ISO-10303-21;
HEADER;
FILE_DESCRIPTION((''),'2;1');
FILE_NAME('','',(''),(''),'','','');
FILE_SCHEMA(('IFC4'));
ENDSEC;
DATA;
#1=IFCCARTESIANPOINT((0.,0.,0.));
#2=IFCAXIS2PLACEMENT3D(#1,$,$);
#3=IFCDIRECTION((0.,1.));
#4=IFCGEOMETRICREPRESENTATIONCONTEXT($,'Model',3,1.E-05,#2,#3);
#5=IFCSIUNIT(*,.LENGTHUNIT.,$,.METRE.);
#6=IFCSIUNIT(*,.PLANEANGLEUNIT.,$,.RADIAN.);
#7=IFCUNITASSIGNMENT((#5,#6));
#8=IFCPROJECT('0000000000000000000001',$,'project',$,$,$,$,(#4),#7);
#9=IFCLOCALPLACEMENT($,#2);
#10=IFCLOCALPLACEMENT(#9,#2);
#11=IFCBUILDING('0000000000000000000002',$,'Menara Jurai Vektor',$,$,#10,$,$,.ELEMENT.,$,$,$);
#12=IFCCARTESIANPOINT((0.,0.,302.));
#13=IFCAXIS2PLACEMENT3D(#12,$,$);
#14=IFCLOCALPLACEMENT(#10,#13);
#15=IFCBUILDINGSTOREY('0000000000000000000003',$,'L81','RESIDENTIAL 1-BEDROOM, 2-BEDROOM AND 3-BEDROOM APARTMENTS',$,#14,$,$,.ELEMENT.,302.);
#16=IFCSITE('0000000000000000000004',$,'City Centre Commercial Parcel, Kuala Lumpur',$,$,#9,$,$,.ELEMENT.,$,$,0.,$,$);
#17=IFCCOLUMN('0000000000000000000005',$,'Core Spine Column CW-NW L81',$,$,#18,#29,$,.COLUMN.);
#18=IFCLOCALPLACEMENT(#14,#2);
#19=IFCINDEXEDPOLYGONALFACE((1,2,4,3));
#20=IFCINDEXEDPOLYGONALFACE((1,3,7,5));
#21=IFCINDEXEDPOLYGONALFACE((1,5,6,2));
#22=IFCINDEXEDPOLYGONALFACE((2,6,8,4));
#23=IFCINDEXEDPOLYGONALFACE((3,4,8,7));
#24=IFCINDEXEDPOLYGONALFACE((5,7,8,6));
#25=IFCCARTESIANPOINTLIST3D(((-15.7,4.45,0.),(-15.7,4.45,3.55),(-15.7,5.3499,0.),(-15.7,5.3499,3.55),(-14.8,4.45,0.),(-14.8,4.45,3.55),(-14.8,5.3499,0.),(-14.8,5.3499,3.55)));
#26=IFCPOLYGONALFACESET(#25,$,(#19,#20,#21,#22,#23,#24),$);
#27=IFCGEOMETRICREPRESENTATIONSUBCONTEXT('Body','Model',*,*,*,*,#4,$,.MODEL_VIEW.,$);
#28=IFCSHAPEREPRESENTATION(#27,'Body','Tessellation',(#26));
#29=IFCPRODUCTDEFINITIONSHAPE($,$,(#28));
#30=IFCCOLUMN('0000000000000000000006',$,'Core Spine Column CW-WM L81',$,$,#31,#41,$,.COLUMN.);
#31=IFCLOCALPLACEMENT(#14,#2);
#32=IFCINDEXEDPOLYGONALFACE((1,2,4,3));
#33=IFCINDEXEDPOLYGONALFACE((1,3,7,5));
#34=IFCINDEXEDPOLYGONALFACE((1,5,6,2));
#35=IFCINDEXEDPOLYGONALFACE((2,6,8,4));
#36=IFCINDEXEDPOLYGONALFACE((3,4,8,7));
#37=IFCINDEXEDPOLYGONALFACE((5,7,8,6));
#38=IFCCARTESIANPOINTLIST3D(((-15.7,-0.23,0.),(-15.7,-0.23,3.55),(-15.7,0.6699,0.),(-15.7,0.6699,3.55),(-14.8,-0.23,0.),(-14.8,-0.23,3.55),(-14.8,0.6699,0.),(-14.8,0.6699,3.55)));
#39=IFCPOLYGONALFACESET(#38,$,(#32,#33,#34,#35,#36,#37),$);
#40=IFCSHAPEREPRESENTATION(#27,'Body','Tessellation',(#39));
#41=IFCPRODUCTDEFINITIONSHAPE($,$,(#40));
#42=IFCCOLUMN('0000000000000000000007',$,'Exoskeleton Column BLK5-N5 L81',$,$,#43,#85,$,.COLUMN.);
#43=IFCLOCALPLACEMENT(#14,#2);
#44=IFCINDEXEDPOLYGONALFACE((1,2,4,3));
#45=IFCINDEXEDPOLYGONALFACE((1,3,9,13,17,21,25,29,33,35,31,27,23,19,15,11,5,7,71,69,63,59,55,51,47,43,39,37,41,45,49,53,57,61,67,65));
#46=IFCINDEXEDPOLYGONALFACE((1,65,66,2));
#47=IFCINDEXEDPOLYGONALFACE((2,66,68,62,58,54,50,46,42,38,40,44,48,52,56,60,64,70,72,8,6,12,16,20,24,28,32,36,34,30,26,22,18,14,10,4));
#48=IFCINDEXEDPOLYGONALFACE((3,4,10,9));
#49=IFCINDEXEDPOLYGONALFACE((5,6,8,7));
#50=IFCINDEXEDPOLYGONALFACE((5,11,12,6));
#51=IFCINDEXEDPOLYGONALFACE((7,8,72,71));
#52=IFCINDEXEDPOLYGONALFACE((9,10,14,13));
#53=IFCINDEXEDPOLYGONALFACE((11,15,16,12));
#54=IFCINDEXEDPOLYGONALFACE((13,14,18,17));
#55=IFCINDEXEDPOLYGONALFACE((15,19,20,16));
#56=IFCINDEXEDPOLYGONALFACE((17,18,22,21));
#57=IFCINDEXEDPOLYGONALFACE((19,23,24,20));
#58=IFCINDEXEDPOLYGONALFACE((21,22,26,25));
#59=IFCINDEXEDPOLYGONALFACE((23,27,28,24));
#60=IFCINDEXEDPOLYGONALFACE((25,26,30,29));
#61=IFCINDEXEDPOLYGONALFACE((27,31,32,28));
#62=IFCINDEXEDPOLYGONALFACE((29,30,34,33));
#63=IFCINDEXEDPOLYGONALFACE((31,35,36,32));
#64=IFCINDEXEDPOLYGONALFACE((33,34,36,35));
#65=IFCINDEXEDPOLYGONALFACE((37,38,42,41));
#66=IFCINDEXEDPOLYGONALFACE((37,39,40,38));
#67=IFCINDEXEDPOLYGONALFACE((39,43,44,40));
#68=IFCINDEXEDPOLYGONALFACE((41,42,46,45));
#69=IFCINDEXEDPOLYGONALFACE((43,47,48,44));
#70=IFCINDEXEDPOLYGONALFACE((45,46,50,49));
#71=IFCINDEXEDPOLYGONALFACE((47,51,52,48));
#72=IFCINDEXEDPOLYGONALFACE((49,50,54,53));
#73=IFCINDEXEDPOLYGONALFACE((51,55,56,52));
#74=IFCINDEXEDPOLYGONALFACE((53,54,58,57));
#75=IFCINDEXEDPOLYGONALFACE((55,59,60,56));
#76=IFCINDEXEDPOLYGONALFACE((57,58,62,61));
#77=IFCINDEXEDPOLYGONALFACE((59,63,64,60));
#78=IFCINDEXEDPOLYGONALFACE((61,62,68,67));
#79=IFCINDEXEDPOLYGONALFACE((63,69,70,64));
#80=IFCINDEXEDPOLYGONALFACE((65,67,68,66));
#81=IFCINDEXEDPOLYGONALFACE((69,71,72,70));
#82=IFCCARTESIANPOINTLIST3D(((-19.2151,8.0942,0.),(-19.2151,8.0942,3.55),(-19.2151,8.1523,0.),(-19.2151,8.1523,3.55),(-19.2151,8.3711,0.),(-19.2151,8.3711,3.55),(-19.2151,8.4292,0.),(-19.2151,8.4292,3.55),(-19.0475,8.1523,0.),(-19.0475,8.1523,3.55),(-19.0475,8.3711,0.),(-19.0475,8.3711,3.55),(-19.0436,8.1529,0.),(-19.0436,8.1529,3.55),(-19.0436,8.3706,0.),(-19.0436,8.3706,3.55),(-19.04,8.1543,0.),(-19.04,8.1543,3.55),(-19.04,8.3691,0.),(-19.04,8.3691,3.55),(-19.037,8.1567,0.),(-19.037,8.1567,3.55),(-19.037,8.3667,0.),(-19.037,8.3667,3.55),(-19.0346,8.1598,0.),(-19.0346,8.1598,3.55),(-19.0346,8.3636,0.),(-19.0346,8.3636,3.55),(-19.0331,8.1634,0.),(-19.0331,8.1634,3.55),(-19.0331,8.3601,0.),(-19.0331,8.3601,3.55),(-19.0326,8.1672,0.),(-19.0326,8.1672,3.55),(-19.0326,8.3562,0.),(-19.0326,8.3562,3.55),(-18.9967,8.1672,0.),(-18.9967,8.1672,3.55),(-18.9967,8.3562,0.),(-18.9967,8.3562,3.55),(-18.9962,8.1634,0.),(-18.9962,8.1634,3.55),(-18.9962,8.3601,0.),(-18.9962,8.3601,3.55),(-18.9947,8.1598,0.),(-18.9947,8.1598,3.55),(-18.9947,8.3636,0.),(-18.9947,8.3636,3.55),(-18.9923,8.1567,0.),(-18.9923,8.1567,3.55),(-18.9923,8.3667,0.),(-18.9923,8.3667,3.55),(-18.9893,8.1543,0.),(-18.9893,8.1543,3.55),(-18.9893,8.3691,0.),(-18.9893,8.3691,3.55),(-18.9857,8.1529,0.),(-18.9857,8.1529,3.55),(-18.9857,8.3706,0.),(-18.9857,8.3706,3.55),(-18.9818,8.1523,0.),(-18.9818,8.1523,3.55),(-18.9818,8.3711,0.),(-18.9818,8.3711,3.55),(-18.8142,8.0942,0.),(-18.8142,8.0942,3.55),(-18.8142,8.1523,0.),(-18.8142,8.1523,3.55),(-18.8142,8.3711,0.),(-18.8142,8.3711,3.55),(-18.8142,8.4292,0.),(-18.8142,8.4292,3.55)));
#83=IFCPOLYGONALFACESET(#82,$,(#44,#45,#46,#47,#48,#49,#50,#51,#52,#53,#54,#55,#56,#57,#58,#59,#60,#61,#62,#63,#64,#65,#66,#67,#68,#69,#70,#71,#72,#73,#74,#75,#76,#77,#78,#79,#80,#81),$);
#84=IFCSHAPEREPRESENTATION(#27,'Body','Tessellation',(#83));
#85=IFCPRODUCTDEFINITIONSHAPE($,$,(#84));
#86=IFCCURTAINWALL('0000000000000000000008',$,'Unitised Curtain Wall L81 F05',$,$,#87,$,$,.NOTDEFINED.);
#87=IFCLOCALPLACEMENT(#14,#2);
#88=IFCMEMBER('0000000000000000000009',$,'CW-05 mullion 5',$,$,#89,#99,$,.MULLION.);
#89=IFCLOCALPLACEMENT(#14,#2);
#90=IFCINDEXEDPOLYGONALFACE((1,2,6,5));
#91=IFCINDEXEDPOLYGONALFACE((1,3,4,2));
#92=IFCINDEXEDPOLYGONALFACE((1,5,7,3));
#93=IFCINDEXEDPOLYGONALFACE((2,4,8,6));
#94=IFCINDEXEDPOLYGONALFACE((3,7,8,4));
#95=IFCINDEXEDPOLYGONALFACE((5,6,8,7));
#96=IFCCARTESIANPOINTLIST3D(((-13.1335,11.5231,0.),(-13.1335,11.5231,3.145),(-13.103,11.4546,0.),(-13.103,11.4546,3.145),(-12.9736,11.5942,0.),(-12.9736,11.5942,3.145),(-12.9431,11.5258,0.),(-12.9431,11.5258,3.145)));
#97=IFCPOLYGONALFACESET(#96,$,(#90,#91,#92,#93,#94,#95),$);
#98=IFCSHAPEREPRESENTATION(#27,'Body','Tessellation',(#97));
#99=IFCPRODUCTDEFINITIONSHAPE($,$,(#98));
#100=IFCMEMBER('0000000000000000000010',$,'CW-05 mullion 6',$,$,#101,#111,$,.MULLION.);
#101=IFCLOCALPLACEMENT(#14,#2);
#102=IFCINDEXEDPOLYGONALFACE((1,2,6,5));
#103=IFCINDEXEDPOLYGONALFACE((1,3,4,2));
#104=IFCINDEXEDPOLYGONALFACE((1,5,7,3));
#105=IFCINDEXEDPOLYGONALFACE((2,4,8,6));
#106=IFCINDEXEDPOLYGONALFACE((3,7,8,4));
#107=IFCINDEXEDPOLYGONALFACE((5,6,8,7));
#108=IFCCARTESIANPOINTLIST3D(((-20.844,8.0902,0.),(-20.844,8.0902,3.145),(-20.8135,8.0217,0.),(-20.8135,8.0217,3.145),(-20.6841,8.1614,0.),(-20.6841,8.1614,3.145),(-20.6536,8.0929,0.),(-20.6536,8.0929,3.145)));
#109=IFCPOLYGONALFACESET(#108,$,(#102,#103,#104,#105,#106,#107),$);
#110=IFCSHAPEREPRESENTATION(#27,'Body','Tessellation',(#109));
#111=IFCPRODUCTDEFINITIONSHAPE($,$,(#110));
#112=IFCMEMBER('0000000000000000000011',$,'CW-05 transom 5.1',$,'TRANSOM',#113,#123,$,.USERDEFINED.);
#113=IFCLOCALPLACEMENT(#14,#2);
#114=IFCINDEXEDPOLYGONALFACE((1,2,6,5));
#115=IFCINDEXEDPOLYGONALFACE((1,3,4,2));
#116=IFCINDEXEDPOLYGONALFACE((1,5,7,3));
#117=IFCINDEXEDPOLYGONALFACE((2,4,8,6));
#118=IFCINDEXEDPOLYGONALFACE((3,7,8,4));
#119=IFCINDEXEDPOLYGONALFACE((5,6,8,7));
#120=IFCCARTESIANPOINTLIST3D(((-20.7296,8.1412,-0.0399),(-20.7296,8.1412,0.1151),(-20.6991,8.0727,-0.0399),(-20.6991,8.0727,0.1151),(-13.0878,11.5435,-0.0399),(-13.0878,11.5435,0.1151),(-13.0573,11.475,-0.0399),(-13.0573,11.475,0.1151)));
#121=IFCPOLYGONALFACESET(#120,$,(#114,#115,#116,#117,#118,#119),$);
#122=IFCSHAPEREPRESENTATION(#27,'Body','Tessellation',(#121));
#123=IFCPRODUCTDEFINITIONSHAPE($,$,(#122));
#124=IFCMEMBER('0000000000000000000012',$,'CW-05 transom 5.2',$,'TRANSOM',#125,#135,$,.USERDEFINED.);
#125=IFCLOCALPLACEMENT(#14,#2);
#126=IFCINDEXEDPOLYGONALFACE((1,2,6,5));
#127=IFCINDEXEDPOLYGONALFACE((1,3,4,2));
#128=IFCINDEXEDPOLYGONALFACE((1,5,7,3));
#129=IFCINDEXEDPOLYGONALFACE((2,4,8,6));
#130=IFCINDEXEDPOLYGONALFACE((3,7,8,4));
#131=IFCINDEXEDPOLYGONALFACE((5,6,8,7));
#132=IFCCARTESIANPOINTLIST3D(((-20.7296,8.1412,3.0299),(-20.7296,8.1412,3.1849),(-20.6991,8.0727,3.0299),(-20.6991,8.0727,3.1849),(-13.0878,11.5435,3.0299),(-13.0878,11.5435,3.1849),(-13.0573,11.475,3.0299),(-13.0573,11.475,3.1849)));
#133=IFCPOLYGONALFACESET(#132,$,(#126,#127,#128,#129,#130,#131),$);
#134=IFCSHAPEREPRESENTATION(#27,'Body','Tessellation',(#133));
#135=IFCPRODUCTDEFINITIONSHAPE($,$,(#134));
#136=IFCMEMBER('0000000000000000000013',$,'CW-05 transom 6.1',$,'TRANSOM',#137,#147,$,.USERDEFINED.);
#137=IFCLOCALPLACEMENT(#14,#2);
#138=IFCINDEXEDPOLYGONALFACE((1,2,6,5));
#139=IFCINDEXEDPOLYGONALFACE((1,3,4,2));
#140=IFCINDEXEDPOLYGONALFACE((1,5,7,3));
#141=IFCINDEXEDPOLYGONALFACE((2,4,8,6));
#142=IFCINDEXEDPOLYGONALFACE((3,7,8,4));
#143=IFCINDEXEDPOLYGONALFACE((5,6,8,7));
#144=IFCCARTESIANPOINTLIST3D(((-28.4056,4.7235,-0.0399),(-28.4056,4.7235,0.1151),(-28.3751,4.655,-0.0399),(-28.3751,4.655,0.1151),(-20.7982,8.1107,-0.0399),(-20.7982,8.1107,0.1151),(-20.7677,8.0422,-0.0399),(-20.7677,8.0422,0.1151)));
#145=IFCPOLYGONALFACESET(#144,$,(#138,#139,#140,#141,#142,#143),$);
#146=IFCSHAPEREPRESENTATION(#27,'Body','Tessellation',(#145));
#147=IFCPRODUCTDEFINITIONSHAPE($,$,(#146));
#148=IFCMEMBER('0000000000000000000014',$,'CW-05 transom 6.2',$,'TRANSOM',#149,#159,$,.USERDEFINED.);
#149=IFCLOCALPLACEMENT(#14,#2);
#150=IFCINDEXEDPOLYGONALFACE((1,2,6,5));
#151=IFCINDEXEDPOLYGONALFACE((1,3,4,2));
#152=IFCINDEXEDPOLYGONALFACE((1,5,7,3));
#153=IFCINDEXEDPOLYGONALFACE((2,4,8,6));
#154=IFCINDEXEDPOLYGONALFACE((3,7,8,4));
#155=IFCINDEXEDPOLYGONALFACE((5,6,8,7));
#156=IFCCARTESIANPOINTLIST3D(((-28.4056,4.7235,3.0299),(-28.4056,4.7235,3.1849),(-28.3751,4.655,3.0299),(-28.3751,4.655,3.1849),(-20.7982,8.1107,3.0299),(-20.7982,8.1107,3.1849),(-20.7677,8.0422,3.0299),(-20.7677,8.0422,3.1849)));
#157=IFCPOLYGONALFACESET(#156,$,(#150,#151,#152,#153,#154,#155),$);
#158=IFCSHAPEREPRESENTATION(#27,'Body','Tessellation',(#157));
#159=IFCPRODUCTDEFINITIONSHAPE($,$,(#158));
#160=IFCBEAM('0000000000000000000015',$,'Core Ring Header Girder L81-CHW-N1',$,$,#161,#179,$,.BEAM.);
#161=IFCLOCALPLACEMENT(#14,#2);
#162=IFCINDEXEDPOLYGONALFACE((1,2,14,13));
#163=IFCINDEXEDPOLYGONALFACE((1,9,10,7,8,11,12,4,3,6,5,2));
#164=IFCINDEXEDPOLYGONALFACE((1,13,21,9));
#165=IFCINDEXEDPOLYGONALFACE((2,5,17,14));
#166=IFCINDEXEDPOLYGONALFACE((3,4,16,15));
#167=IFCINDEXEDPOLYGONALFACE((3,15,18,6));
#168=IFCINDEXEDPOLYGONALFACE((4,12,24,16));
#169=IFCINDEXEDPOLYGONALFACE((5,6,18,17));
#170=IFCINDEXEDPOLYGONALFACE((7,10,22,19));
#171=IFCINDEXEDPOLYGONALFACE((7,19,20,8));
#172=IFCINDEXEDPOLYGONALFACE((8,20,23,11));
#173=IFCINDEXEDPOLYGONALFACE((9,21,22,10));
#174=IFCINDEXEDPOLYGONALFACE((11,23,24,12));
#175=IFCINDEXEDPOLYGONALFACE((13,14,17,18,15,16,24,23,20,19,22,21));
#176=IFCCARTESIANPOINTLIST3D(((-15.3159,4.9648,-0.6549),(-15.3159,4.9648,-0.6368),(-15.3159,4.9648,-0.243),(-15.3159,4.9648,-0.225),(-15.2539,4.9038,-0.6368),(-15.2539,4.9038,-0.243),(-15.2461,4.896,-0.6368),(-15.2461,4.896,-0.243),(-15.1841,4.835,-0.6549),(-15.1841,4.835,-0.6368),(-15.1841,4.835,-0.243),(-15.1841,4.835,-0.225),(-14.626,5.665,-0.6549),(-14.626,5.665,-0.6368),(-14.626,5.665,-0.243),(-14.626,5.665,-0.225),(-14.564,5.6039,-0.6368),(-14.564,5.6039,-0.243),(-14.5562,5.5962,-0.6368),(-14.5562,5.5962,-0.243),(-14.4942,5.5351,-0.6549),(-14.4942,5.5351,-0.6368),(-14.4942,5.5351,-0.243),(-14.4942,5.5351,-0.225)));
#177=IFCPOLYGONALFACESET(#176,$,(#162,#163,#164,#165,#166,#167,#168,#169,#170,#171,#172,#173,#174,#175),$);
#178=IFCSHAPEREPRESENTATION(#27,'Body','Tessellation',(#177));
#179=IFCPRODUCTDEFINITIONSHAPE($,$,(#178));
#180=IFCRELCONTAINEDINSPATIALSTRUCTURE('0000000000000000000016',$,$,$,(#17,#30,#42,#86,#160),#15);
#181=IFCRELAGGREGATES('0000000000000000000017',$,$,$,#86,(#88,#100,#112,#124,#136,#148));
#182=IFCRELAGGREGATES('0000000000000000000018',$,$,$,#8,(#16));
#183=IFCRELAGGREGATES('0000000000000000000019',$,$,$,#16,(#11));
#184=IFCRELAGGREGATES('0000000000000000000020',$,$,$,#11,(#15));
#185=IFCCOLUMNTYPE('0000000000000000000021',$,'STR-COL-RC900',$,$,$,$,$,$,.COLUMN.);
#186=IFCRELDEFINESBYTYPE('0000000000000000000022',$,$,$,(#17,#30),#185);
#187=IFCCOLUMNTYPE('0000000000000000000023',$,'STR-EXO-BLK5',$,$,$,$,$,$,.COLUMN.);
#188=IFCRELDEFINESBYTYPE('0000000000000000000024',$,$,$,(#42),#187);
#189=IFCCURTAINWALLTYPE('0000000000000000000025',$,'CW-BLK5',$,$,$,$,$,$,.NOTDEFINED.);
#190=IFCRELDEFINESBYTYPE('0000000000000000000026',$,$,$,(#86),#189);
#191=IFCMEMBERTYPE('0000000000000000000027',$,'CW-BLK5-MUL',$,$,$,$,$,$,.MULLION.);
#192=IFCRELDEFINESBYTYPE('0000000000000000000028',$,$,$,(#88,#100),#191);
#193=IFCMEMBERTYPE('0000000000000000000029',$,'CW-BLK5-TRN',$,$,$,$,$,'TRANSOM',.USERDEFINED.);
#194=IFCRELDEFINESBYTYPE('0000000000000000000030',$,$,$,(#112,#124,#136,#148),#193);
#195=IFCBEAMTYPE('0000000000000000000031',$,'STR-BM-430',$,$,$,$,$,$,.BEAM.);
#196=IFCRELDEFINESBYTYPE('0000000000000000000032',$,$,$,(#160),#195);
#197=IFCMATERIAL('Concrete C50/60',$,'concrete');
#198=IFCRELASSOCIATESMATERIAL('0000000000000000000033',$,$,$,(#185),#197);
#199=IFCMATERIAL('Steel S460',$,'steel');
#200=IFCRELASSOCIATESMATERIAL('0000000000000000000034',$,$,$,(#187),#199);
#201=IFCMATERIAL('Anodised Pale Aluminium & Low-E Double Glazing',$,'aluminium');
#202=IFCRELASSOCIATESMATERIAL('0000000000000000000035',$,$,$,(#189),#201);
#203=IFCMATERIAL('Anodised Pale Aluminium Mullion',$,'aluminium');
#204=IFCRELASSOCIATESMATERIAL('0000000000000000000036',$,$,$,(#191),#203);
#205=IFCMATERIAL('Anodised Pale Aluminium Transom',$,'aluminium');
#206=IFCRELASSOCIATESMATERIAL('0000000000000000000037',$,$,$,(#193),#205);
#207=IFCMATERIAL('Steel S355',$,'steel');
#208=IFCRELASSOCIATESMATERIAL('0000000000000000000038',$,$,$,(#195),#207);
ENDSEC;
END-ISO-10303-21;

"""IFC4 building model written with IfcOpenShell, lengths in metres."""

from ifc_helpers import new_model, si_unit, direction, frame, origin, origin_2d, place, context, subcontext, project, spatial, rectangle, i_section, extrude, material, material_profile, profile_set, type_object, element, aggregate, save


model = new_model("IFC4")

# Units and contexts
model_context = context("Model", 3, precision=1e-05, world=origin(), true_north=direction((0.0, 1.0)))
body_context = subcontext(model_context, "Body", "Model", "MODEL_VIEW")
ifc_project = project(units=[si_unit("LENGTHUNIT", "METRE"), si_unit("PLANEANGLEUNIT", "RADIAN")], contexts=[model_context])

# Site, building, storey
site_placement = place(None, origin())
site = spatial("IfcSite", under=ifc_project, at=site_placement, Name="City Centre Commercial Parcel, Kuala Lumpur", CompositionType="ELEMENT", RefElevation=0.0)
building_placement = place(site_placement, origin())
building = spatial("IfcBuilding", under=site, at=building_placement, Name="Menara Jurai Vektor", CompositionType="ELEMENT")
storey_placement = place(building_placement, frame((0.0, 0.0, 302.0)))
storey = spatial("IfcBuildingStorey", under=building, at=storey_placement, Name="L81", Description="RESIDENTIAL 1-BEDROOM, 2-BEDROOM AND 3-BEDROOM APARTMENTS", CompositionType="ELEMENT", Elevation=302.0)

# Columns
ifc_material_1 = material(Name="Concrete C50/60", Category="concrete")
ifc_material_profile_1 = material_profile(ifc_material_1, rectangle(XDim=0.8999, YDim=0.8999, at=origin_2d()), Name="RC 900x900")
ifc_profile_set_1 = profile_set([ifc_material_profile_1], Name="Concrete C50/60")
column_type_1 = type_object("IfcColumnType", Name="STR-COL-RC900", PredefinedType="COLUMN", material=ifc_profile_set_1)
for number, where, z_axis, x_axis, name in (
    (1, (-15.25, 4.8999, 0.0), (0.0, 0.0, 1.0), (1.0, 0.0, 0.0), "Core Spine Column CW-NW L81"),
    (2, (-15.25, 0.22, 0.0), (0.0, 0.0, 1.0), (1.0, 0.0, 0.0), "Core Spine Column CW-WM L81"),
):
    element("IfcColumn", number, at=place(storey_placement, frame(where, z_axis=z_axis, x_axis=x_axis)), inside=storey, type_object=column_type_1, Name=name, PredefinedType="COLUMN", context=body_context, shape_type="SweptSolid", body=[
        extrude(rectangle(XDim=0.8999, YDim=0.8999, at=origin_2d()), origin(), (0.0, 0.0, 1.0), 3.55),
    ])
ifc_material_2 = material(Name="Steel S460", Category="steel")
ifc_material_profile_2 = material_profile(ifc_material_2, i_section(OverallWidth=0.4009, OverallDepth=0.335, WebThickness=0.0359, FlangeThickness=0.0581, FilletRadius=0.0149, at=origin_2d()), Name="HD 400x463")
ifc_profile_set_2 = profile_set([ifc_material_profile_2], Name="Steel S460")
column_type_2 = type_object("IfcColumnType", Name="STR-EXO-BLK5", PredefinedType="COLUMN", material=ifc_profile_set_2)
column_placement = place(storey_placement, frame((-19.0146, 8.2617, 0.0), z_axis=(0.0, 0.0, 1.0), x_axis=(1.0, 0.0, 0.0)))
element("IfcColumn", 3, at=column_placement, inside=storey, type_object=column_type_2, Name="Exoskeleton Column BLK5-N5 L81", PredefinedType="COLUMN", context=body_context, shape_type="SweptSolid", body=[
    extrude(i_section(OverallWidth=0.4009, OverallDepth=0.335, WebThickness=0.0359, FlangeThickness=0.0581, FilletRadius=0.0149, at=origin_2d()), origin(), (0.0, 0.0, 1.0), 3.55),
])

# Curtain wall, members
ifc_material_3 = material(Name="Anodised Pale Aluminium & Low-E Double Glazing", Category="aluminium")
curtain_wall_type = type_object("IfcCurtainWallType", Name="CW-BLK5", PredefinedType="NOTDEFINED", material=ifc_material_3)
curtain_wall_placement = place(storey_placement, origin())
curtain_wall = element("IfcCurtainWall", 4, at=curtain_wall_placement, inside=storey, type_object=curtain_wall_type, Name="Unitised Curtain Wall L81 F05", PredefinedType="NOTDEFINED")
ifc_material_4 = material(Name="Anodised Pale Aluminium Mullion", Category="aluminium")
ifc_material_profile_3 = material_profile(ifc_material_4, rectangle(XDim=0.075, YDim=0.175, at=origin_2d()), Name="ALU MUL 75x175")
ifc_profile_set_3 = profile_set([ifc_material_profile_3], Name="Anodised Pale Aluminium Mullion")
member_type_1 = type_object("IfcMemberType", Name="CW-BLK5-MUL", PredefinedType="MULLION", material=ifc_profile_set_3)
member_1_placement = place(storey_placement, frame((-13.0383, 11.5244, 0.0), z_axis=(0.0, 0.0, 1.0), x_axis=(0.406735, -0.913546, 0.0)))
member_1 = element("IfcMember", 5, at=member_1_placement, type_object=member_type_1, Name="CW-05 mullion 5", PredefinedType="MULLION", context=body_context, shape_type="SweptSolid", body=[
    extrude(rectangle(XDim=0.075, YDim=0.175, at=origin_2d()), origin(), (0.0, 0.0, 1.0), 3.145),
])
member_2_placement = place(storey_placement, frame((-20.7488, 8.0916, 0.0), z_axis=(0.0, 0.0, 1.0), x_axis=(0.406735, -0.913546, 0.0)))
member_2 = element("IfcMember", 6, at=member_2_placement, type_object=member_type_1, Name="CW-05 mullion 6", PredefinedType="MULLION", context=body_context, shape_type="SweptSolid", body=[
    extrude(rectangle(XDim=0.075, YDim=0.175, at=origin_2d()), origin(), (0.0, 0.0, 1.0), 3.145),
])
ifc_material_5 = material(Name="Anodised Pale Aluminium Transom", Category="aluminium")
ifc_material_profile_4 = material_profile(ifc_material_5, rectangle(XDim=0.075, YDim=0.155, at=origin_2d()), Name="ALU TRN 75x155")
ifc_profile_set_4 = profile_set([ifc_material_profile_4], Name="Anodised Pale Aluminium Transom")
member_type_2 = type_object("IfcMemberType", Name="CW-BLK5-TRN", ElementType="TRANSOM", PredefinedType="USERDEFINED", material=ifc_profile_set_4)
member_3_placement = place(storey_placement, frame((-13.0725, 11.5093, 0.0376), z_axis=(-0.913547, -0.406734, 0.0), x_axis=(0.406734, -0.913547, 0.0)))
member_3 = element("IfcMember", 7, at=member_3_placement, type_object=member_type_2, Name="CW-05 transom 5.1", ObjectType="TRANSOM", PredefinedType="USERDEFINED", context=body_context, shape_type="SweptSolid", body=[
    extrude(rectangle(XDim=0.075, YDim=0.155, at=origin_2d()), origin(), (0.0, 0.0, 1.0), 8.365),
])
member_4_placement = place(storey_placement, frame((-13.0725, 11.5093, 3.1074), z_axis=(-0.913547, -0.406734, 0.0), x_axis=(0.406734, -0.913547, 0.0)))
member_4 = element("IfcMember", 8, at=member_4_placement, type_object=member_type_2, Name="CW-05 transom 5.2", ObjectType="TRANSOM", PredefinedType="USERDEFINED", context=body_context, shape_type="SweptSolid", body=[
    extrude(rectangle(XDim=0.075, YDim=0.155, at=origin_2d()), origin(), (0.0, 0.0, 1.0), 8.365),
])
member_5_placement = place(storey_placement, frame((-20.783, 8.0764, 0.0376), z_axis=(-0.913538, -0.406753, 0.0), x_axis=(0.406753, -0.913538, 0.0)))
member_5 = element("IfcMember", 9, at=member_5_placement, type_object=member_type_2, Name="CW-05 transom 6.1", ObjectType="TRANSOM", PredefinedType="USERDEFINED", context=body_context, shape_type="SweptSolid", body=[
    extrude(rectangle(XDim=0.075, YDim=0.155, at=origin_2d()), origin(), (0.0, 0.0, 1.0), 8.3274),
])
member_6_placement = place(storey_placement, frame((-20.783, 8.0764, 3.1074), z_axis=(-0.913538, -0.406753, 0.0), x_axis=(0.406753, -0.913538, 0.0)))
member_6 = element("IfcMember", 10, at=member_6_placement, type_object=member_type_2, Name="CW-05 transom 6.2", ObjectType="TRANSOM", PredefinedType="USERDEFINED", context=body_context, shape_type="SweptSolid", body=[
    extrude(rectangle(XDim=0.075, YDim=0.155, at=origin_2d()), origin(), (0.0, 0.0, 1.0), 8.3274),
])

# Beam
ifc_material_6 = material(Name="Steel S355", Category="steel")
ifc_material_profile_5 = material_profile(ifc_material_6, i_section(OverallWidth=0.1851, OverallDepth=0.4299, WebThickness=0.011, FlangeThickness=0.0181, at=origin_2d()), Name="PG 430x185x76")
ifc_profile_set_5 = profile_set([ifc_material_profile_5], Name="Steel S355")
beam_type_1 = type_object("IfcBeamType", Name="STR-BM-430", PredefinedType="BEAM", material=ifc_profile_set_5)
beam_1_placement = place(storey_placement, frame((-15.25, 4.8999, -0.4399), z_axis=(0.701872, 0.712303, 0.0), x_axis=(-0.712303, 0.701872, 0.0)))
element("IfcBeam", 11, at=beam_1_placement, inside=storey, type_object=beam_type_1, Name="Core Ring Header Girder L81-CHW-N1", PredefinedType="BEAM", context=body_context, shape_type="SweptSolid", body=[
    extrude(i_section(OverallWidth=0.1851, OverallDepth=0.4299, WebThickness=0.011, FlangeThickness=0.0181, at=origin_2d()), origin(), (0.0, 0.0, 1.0), 0.9829),
])

aggregate(curtain_wall, [member_1, member_2, member_3, member_4, member_5, member_6])

save(model, "model.ifc")
